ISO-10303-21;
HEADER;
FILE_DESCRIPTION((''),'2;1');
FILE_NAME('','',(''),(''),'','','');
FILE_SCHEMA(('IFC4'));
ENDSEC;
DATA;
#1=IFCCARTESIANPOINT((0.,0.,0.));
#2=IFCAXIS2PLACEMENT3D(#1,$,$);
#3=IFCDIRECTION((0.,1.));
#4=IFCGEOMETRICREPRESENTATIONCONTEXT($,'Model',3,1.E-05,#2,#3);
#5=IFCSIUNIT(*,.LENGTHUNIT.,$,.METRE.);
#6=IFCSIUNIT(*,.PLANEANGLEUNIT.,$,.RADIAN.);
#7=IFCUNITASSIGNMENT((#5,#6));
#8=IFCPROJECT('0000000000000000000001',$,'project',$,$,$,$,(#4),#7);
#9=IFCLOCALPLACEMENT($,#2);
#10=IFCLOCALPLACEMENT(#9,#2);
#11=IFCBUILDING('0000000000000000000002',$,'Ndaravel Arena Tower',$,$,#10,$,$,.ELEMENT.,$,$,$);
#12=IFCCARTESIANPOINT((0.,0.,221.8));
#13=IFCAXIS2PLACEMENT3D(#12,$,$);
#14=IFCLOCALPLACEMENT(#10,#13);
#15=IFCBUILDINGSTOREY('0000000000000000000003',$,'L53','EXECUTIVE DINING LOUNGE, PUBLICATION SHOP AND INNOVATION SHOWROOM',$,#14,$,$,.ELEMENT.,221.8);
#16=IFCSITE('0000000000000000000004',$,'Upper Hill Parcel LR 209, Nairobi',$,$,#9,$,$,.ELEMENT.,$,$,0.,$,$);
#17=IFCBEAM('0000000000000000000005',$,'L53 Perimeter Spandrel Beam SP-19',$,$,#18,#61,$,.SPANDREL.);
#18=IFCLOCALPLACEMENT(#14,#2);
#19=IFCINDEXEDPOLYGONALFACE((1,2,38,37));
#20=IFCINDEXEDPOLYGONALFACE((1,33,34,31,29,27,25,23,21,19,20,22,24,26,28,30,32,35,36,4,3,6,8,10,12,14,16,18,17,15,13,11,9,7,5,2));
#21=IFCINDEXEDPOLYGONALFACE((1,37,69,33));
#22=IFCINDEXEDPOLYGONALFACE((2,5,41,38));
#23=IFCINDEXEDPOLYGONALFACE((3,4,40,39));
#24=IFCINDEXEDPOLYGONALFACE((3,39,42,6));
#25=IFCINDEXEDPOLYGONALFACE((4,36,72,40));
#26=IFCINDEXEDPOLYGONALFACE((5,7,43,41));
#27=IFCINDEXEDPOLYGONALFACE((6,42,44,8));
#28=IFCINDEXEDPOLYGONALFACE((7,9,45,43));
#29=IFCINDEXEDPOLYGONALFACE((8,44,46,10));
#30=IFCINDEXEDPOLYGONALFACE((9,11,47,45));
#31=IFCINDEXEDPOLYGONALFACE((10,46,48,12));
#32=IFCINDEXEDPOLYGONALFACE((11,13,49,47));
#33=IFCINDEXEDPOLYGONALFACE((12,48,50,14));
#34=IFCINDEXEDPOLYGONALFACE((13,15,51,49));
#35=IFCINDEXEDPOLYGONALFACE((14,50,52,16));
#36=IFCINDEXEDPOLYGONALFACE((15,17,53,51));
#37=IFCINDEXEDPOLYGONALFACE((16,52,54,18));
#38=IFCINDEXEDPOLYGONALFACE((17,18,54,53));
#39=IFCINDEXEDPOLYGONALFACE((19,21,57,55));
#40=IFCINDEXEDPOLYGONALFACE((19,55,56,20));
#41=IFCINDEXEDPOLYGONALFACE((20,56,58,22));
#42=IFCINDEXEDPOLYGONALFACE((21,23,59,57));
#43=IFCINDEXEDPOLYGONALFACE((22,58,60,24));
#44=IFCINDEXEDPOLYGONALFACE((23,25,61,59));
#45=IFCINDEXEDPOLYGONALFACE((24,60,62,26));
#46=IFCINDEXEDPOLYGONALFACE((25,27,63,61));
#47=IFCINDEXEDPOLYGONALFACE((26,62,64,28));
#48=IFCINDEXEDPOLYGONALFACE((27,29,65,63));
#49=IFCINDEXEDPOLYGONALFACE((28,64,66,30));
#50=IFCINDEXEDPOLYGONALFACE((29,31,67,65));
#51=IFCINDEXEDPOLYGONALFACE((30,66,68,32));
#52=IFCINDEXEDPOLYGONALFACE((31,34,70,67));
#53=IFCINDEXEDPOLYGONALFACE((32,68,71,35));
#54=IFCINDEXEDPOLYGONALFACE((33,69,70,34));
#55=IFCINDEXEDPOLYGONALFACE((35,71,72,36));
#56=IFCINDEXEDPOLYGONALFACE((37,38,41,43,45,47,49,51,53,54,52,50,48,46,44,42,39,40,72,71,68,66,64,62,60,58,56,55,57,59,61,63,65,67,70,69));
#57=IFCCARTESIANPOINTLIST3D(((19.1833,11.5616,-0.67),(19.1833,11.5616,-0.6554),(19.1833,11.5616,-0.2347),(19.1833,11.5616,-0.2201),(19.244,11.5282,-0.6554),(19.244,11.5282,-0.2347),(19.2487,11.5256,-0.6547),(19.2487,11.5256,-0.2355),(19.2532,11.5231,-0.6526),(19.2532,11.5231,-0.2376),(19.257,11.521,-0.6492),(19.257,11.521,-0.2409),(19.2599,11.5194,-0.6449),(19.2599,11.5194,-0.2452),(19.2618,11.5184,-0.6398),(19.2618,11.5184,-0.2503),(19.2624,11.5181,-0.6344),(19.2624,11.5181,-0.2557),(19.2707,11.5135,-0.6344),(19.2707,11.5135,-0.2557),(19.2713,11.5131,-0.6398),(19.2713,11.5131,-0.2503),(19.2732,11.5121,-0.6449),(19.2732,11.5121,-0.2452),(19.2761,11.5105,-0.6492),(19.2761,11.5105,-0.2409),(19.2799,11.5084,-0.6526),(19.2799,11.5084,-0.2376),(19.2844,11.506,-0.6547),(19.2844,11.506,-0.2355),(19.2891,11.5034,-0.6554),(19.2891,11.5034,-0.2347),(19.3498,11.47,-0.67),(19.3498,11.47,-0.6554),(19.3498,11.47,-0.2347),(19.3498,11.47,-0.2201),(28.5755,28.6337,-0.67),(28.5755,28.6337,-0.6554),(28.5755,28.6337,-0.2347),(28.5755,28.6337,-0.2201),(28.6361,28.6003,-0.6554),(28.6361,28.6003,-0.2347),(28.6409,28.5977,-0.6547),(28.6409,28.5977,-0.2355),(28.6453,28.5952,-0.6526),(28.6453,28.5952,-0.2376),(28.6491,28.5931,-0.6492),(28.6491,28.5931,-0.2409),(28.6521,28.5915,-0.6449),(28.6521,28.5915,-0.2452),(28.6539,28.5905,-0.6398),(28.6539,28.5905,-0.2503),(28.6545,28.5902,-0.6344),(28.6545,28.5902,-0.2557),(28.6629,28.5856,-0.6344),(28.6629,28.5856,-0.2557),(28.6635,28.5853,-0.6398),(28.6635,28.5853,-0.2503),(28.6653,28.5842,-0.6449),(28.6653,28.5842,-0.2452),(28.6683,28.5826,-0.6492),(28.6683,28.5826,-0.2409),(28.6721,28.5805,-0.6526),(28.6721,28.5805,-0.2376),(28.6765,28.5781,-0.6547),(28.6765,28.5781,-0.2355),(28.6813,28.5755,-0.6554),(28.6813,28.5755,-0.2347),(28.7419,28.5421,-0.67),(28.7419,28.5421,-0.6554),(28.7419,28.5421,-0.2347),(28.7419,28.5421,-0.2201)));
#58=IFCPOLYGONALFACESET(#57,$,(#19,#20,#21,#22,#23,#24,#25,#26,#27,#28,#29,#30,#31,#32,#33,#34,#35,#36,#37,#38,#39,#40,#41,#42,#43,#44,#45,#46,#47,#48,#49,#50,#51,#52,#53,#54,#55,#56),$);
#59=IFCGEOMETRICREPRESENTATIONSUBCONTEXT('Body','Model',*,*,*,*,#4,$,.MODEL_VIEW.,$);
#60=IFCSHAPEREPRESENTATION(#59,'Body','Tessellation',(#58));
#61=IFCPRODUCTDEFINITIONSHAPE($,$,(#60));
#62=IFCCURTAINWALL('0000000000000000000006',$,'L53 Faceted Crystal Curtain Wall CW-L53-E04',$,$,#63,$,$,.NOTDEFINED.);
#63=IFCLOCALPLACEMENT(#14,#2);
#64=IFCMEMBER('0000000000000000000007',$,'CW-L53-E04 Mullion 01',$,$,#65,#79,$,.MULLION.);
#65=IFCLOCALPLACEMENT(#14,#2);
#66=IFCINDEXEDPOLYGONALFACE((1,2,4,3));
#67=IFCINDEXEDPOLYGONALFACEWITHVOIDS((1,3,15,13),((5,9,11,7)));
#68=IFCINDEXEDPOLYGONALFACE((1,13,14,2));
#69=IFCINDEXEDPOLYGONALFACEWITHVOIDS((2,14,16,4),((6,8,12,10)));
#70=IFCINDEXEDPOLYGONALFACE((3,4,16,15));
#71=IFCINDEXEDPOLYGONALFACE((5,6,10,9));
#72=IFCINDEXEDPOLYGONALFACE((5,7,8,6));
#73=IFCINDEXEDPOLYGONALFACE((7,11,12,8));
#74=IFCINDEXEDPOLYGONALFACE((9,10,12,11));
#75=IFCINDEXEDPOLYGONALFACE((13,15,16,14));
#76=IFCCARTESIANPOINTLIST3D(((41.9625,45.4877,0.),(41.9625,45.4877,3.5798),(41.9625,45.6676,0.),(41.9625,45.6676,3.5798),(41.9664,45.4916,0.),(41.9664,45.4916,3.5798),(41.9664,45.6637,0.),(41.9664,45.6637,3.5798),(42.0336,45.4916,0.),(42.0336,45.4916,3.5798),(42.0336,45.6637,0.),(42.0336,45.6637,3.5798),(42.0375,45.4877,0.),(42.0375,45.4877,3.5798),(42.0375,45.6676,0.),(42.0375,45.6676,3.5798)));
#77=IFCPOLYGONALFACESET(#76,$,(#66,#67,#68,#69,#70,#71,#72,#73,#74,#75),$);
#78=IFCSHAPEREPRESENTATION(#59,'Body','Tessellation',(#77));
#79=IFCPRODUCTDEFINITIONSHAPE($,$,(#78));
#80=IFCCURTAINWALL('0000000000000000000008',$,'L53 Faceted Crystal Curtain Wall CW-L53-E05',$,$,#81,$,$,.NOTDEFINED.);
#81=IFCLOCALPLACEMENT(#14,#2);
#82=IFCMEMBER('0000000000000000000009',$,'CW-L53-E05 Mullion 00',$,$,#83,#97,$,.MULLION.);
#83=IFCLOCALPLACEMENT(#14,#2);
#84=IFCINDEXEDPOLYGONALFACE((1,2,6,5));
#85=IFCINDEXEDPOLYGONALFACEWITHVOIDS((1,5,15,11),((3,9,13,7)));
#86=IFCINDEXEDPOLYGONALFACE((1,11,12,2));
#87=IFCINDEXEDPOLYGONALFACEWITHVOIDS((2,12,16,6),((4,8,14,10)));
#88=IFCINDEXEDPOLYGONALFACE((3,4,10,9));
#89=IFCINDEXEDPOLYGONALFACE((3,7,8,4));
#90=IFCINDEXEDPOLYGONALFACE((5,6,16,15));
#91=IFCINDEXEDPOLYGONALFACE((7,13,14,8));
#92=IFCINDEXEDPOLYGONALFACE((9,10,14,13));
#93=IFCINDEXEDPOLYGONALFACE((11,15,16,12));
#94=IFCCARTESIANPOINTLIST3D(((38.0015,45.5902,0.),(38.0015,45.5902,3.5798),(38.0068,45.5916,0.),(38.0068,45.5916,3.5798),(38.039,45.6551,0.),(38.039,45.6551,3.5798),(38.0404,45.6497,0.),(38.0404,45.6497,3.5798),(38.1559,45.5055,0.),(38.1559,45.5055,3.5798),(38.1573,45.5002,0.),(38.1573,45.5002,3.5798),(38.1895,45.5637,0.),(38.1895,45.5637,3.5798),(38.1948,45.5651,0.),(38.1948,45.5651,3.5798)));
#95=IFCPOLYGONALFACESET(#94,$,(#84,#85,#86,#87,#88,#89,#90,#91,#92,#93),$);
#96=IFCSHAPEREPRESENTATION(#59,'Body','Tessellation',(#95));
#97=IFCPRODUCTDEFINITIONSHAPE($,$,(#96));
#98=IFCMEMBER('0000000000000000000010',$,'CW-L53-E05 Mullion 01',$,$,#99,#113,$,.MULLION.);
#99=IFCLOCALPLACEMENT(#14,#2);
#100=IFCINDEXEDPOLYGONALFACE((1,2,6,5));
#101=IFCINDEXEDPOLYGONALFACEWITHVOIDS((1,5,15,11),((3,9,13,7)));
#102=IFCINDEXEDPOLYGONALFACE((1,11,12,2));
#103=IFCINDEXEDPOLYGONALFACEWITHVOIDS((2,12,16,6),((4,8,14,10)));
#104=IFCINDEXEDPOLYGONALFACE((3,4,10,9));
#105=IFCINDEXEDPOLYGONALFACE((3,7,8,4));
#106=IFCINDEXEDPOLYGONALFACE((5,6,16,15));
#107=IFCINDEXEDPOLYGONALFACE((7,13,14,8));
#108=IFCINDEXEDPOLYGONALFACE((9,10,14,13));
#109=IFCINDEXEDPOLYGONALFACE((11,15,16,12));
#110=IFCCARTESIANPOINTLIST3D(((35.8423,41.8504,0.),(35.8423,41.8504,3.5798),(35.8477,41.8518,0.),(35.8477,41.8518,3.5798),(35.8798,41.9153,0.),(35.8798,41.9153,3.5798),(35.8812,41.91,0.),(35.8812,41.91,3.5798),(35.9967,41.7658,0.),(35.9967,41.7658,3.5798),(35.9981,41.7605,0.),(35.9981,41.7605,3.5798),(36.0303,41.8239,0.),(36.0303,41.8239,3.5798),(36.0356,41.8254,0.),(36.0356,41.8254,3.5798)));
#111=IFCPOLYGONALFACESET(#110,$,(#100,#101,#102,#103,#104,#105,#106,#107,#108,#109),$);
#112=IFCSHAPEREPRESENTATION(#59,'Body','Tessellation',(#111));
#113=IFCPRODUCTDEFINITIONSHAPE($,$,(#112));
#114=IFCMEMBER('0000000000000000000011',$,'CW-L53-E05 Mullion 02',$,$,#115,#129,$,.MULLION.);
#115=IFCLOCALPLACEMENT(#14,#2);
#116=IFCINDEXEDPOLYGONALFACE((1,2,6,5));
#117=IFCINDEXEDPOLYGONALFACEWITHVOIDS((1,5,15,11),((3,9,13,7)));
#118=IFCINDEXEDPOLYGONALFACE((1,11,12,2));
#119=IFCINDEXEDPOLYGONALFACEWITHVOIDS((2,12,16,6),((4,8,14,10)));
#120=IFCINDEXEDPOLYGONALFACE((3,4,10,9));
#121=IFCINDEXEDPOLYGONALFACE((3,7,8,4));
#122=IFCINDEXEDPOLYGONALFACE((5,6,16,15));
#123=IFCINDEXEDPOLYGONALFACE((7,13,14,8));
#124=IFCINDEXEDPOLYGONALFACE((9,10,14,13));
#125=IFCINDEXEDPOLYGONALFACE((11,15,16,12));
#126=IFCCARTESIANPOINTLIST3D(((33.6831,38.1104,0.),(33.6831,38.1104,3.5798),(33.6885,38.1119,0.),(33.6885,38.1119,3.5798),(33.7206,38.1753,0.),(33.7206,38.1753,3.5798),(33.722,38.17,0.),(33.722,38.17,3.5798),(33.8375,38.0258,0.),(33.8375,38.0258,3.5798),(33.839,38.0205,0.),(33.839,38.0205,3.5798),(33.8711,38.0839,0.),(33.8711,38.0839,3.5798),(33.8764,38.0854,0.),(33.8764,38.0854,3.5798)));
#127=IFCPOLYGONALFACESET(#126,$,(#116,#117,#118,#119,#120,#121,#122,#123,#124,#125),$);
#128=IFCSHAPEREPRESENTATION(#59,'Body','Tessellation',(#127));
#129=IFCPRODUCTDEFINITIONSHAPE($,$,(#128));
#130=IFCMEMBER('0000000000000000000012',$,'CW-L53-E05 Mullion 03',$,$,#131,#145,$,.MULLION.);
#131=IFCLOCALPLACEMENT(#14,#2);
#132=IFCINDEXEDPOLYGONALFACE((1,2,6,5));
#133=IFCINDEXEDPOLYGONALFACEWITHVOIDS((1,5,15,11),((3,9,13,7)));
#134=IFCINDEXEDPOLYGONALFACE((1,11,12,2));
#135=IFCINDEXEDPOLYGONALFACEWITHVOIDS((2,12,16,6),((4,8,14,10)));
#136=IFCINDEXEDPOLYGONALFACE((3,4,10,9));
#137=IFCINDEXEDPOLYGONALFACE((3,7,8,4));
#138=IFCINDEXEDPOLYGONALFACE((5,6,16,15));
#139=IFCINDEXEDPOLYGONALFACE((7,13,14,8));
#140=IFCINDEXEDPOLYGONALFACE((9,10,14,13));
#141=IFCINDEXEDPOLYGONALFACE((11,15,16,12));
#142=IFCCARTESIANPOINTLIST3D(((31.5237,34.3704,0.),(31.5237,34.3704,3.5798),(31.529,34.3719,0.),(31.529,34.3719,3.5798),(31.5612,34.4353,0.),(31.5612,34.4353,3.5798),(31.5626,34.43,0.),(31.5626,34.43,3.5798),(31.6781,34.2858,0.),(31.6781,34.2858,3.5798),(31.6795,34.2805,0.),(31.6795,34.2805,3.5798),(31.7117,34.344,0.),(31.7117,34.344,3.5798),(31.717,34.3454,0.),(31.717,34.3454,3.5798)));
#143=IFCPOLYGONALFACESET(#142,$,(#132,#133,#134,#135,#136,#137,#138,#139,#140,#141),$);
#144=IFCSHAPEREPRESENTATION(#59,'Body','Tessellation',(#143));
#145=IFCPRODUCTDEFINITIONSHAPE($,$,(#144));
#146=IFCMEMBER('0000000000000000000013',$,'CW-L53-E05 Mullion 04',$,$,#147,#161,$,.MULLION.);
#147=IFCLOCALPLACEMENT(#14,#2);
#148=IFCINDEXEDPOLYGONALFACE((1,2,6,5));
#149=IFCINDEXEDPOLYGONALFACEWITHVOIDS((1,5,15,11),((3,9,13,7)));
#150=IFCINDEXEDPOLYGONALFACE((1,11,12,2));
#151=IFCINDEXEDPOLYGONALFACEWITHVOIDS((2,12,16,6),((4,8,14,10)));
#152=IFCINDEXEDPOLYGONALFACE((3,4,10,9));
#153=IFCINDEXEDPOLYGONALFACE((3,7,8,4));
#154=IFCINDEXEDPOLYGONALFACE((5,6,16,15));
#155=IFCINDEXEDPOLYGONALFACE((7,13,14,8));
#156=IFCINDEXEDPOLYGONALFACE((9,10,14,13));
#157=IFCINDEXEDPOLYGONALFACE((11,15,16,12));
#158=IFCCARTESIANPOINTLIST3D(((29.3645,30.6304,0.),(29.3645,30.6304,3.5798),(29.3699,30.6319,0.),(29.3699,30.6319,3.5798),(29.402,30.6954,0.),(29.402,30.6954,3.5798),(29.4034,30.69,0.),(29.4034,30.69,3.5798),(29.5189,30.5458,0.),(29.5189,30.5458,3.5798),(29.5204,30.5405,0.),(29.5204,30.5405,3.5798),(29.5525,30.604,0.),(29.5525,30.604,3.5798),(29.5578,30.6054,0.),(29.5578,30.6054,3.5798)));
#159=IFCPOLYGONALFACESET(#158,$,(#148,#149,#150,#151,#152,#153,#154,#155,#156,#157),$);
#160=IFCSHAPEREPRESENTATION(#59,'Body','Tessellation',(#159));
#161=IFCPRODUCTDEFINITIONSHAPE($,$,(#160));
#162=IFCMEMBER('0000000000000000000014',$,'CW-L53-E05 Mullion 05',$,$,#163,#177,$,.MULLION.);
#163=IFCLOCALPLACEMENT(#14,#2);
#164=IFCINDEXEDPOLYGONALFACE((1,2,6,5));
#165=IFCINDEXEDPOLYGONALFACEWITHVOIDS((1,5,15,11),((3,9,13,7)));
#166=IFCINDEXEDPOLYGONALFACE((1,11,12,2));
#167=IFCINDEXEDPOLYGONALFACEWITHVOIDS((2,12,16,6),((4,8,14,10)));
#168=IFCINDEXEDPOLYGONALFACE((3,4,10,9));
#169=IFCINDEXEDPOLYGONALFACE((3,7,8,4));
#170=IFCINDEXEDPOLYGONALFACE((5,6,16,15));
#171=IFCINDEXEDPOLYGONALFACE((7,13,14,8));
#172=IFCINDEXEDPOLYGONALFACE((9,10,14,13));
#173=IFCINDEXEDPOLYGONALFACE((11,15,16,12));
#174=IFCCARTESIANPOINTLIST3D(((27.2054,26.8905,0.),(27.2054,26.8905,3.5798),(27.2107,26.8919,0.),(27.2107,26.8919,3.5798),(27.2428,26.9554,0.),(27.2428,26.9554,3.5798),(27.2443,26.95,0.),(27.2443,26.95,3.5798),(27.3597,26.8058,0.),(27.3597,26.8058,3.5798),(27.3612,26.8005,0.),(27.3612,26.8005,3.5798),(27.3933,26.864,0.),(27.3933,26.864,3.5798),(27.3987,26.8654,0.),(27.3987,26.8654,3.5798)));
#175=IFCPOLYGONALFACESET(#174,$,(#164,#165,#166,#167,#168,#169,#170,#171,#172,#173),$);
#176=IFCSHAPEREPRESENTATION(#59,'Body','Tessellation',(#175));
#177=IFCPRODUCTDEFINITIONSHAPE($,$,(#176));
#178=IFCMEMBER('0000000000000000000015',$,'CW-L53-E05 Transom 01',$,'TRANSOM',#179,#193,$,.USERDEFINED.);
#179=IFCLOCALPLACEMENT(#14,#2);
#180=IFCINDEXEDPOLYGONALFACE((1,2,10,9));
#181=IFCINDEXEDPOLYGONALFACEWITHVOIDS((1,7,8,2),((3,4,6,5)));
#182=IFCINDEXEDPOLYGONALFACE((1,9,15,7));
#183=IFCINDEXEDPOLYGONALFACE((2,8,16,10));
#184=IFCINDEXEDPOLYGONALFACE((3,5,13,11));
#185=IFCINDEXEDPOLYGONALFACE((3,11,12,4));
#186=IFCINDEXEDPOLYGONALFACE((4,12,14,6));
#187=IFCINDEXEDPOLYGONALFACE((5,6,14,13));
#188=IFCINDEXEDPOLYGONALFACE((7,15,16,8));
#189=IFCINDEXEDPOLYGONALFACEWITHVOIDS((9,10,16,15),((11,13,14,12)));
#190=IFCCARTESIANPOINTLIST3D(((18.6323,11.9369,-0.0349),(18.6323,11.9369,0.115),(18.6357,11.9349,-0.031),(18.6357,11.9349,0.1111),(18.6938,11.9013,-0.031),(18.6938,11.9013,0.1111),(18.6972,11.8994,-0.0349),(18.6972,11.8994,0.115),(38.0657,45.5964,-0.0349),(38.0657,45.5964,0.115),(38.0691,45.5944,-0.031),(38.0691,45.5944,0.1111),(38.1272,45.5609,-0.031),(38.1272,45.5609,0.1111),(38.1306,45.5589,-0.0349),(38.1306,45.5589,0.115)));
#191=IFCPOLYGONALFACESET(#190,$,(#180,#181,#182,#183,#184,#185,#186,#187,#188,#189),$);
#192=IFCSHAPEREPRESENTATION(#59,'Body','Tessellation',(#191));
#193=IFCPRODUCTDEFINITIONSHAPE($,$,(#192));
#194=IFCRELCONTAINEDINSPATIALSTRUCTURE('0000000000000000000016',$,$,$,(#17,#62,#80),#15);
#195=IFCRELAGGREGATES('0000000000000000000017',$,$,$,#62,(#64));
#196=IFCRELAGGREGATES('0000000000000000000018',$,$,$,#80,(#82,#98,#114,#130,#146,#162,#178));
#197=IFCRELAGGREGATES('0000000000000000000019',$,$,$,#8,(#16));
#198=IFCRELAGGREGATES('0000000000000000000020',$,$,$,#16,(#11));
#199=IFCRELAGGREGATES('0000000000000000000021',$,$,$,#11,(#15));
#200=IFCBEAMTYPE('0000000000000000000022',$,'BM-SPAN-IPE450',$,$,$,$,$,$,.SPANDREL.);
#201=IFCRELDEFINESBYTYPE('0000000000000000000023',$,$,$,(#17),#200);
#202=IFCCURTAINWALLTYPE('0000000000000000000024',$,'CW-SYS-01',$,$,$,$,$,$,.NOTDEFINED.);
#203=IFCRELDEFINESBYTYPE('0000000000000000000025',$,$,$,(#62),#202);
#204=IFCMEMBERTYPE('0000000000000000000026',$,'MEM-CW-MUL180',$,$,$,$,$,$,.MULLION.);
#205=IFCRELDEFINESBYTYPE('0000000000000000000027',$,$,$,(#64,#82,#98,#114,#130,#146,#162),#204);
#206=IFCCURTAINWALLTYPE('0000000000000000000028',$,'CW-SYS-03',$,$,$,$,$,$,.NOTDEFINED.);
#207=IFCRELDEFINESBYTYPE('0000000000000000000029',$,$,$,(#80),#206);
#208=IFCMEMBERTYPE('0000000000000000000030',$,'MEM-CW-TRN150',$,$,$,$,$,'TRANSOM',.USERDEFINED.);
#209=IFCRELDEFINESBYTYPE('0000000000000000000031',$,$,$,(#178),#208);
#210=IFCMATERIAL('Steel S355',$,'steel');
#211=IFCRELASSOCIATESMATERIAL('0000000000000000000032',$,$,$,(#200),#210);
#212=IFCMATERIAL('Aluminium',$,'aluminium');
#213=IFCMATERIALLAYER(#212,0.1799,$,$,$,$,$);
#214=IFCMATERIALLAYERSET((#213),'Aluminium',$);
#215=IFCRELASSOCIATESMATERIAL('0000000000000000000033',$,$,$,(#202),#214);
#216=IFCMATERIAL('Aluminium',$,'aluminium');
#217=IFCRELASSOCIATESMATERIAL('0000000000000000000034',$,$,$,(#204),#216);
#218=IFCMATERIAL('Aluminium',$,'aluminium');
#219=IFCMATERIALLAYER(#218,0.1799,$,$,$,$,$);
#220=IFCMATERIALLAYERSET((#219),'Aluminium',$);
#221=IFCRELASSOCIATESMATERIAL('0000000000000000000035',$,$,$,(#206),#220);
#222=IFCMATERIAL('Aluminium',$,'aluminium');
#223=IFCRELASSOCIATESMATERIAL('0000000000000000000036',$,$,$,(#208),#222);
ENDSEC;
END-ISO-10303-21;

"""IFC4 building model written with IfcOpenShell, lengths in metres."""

from ifc_helpers import new_model, si_unit, direction, frame, origin, origin_2d, place, context, subcontext, project, spatial, hollow_rectangle, i_section, extrude, material, layer, layer_set, material_profile, profile_set, type_object, element, aggregate, save


model = new_model("IFC4")

# Units and contexts
model_context = context("Model", 3, precision=1e-05, world=origin(), true_north=direction((0.0, 1.0)))
body_context = subcontext(model_context, "Body", "Model", "MODEL_VIEW")
ifc_project = project(units=[si_unit("LENGTHUNIT", "METRE"), si_unit("PLANEANGLEUNIT", "RADIAN")], contexts=[model_context])

# Site, building, storey
site_placement = place(None, origin())
site = spatial("IfcSite", under=ifc_project, at=site_placement, Name="Upper Hill Parcel LR 209, Nairobi", CompositionType="ELEMENT", RefElevation=0.0)
building_placement = place(site_placement, origin())
building = spatial("IfcBuilding", under=site, at=building_placement, Name="Ndaravel Arena Tower", CompositionType="ELEMENT")
storey_placement = place(building_placement, frame((0.0, 0.0, 221.8)))
storey = spatial("IfcBuildingStorey", under=building, at=storey_placement, Name="L53", Description="EXECUTIVE DINING LOUNGE, PUBLICATION SHOP AND INNOVATION SHOWROOM", CompositionType="ELEMENT", Elevation=221.8)

# Beam
ifc_material_1 = material(Name="Steel S355", Category="steel")
ifc_material_profile_1 = material_profile(ifc_material_1, i_section(OverallWidth=0.1899, OverallDepth=0.45, WebThickness=0.0095, FlangeThickness=0.0146, FilletRadius=0.021, at=origin_2d()), Name="IPE 450")
ifc_profile_set_1 = profile_set([ifc_material_profile_1], Name="Steel S355")
beam_type_1 = type_object("IfcBeamType", Name="BM-SPAN-IPE450", PredefinedType="SPANDREL", material=ifc_profile_set_1)
for number, where, z_axis, x_axis, name in (
    (1, (28.6587, 28.5879, -0.4451), (-0.482016, -0.876162, 0.0), (0.876162, -0.482016, 0.0), "L53 Perimeter Spandrel Beam SP-19"),
):
    element("IfcBeam", number, at=place(storey_placement, frame(where, z_axis=z_axis, x_axis=x_axis)), inside=storey, type_object=beam_type_1, Name=name, PredefinedType="SPANDREL", context=body_context, shape_type="SweptSolid", body=[
        extrude(i_section(OverallWidth=0.1899, OverallDepth=0.45, WebThickness=0.0095, FlangeThickness=0.0146, FilletRadius=0.021, at=origin_2d()), origin(), (0.0, 0.0, 1.0), 19.4851),
    ])

# Curtain wall, member
ifc_material_2 = material(Name="Aluminium", Category="aluminium")
ifc_layer_1 = layer(ifc_material_2, 0.1799)
ifc_layer_set_1 = layer_set([ifc_layer_1], Name="Aluminium")
curtain_wall_type_1 = type_object("IfcCurtainWallType", Name="CW-SYS-01", PredefinedType="NOTDEFINED", material=ifc_layer_set_1)
curtain_wall_1_placement = place(storey_placement, origin())
curtain_wall_1 = element("IfcCurtainWall", 2, at=curtain_wall_1_placement, inside=storey, type_object=curtain_wall_type_1, Name="L53 Faceted Crystal Curtain Wall CW-L53-E04", PredefinedType="NOTDEFINED")
ifc_material_3 = material(Name="Aluminium", Category="aluminium")
ifc_material_profile_2 = material_profile(ifc_material_3, hollow_rectangle(XDim=0.075, YDim=0.1799, WallThickness=0.0039, at=origin_2d()), Name="CW MULLION 75x180x4")
ifc_profile_set_2 = profile_set([ifc_material_profile_2], Name="Aluminium")
member_type_1 = type_object("IfcMemberType", Name="MEM-CW-MUL180", PredefinedType="MULLION", material=ifc_profile_set_2)
member_1_placement = place(storey_placement, frame((42.0, 45.5776, 0.0), z_axis=(0.0, 0.0, 1.0), x_axis=(-1.0, 0.0, 0.0)))
member_1 = element("IfcMember", 3, at=member_1_placement, type_object=member_type_1, Name="CW-L53-E04 Mullion 01", PredefinedType="MULLION", context=body_context, shape_type="SweptSolid", body=[
    extrude(hollow_rectangle(XDim=0.075, YDim=0.1799, WallThickness=0.0039, at=origin_2d()), origin(), (0.0, 0.0, 1.0), 3.5798),
])

# Curtain wall, members
ifc_material_4 = material(Name="Aluminium", Category="aluminium")
ifc_layer_2 = layer(ifc_material_4, 0.1799)
ifc_layer_set_2 = layer_set([ifc_layer_2], Name="Aluminium")
curtain_wall_type_2 = type_object("IfcCurtainWallType", Name="CW-SYS-03", PredefinedType="NOTDEFINED", material=ifc_layer_set_2)
curtain_wall_2_placement = place(storey_placement, origin())
curtain_wall_2 = element("IfcCurtainWall", 4, at=curtain_wall_2_placement, inside=storey, type_object=curtain_wall_type_2, Name="L53 Faceted Crystal Curtain Wall CW-L53-E05", PredefinedType="NOTDEFINED")
member_2_placement = place(storey_placement, frame((38.0981, 45.5776, 0.0), z_axis=(0.0, 0.0, 1.0), x_axis=(-0.5, -0.866025, 0.0)))
member_2 = element("IfcMember", 5, at=member_2_placement, type_object=member_type_1, Name="CW-L53-E05 Mullion 00", PredefinedType="MULLION", context=body_context, shape_type="SweptSolid", body=[
    extrude(hollow_rectangle(XDim=0.075, YDim=0.1799, WallThickness=0.0039, at=origin_2d()), origin(), (0.0, 0.0, 1.0), 3.5798),
])
member_3_placement = place(storey_placement, frame((35.939, 41.8379, 0.0), z_axis=(0.0, 0.0, 1.0), x_axis=(-0.5, -0.866025, 0.0)))
member_3 = element("IfcMember", 6, at=member_3_placement, type_object=member_type_1, Name="CW-L53-E05 Mullion 01", PredefinedType="MULLION", context=body_context, shape_type="SweptSolid", body=[
    extrude(hollow_rectangle(XDim=0.075, YDim=0.1799, WallThickness=0.0039, at=origin_2d()), origin(), (0.0, 0.0, 1.0), 3.5798),
])
member_4_placement = place(storey_placement, frame((33.7798, 38.0979, 0.0), z_axis=(0.0, 0.0, 1.0), x_axis=(-0.5, -0.866025, 0.0)))
member_4 = element("IfcMember", 7, at=member_4_placement, type_object=member_type_1, Name="CW-L53-E05 Mullion 02", PredefinedType="MULLION", context=body_context, shape_type="SweptSolid", body=[
    extrude(hollow_rectangle(XDim=0.075, YDim=0.1799, WallThickness=0.0039, at=origin_2d()), origin(), (0.0, 0.0, 1.0), 3.5798),
])
member_5_placement = place(storey_placement, frame((31.6204, 34.3579, 0.0), z_axis=(0.0, 0.0, 1.0), x_axis=(-0.5, -0.866025, 0.0)))
member_5 = element("IfcMember", 8, at=member_5_placement, type_object=member_type_1, Name="CW-L53-E05 Mullion 03", PredefinedType="MULLION", context=body_context, shape_type="SweptSolid", body=[
    extrude(hollow_rectangle(XDim=0.075, YDim=0.1799, WallThickness=0.0039, at=origin_2d()), origin(), (0.0, 0.0, 1.0), 3.5798),
])
member_6_placement = place(storey_placement, frame((29.4612, 30.6179, 0.0), z_axis=(0.0, 0.0, 1.0), x_axis=(-0.5, -0.866025, 0.0)))
member_6 = element("IfcMember", 9, at=member_6_placement, type_object=member_type_1, Name="CW-L53-E05 Mullion 04", PredefinedType="MULLION", context=body_context, shape_type="SweptSolid", body=[
    extrude(hollow_rectangle(XDim=0.075, YDim=0.1799, WallThickness=0.0039, at=origin_2d()), origin(), (0.0, 0.0, 1.0), 3.5798),
])
member_7_placement = place(storey_placement, frame((27.302, 26.8779, 0.0), z_axis=(0.0, 0.0, 1.0), x_axis=(-0.5, -0.866025, 0.0)))
member_7 = element("IfcMember", 10, at=member_7_placement, type_object=member_type_1, Name="CW-L53-E05 Mullion 05", PredefinedType="MULLION", context=body_context, shape_type="SweptSolid", body=[
    extrude(hollow_rectangle(XDim=0.075, YDim=0.1799, WallThickness=0.0039, at=origin_2d()), origin(), (0.0, 0.0, 1.0), 3.5798),
])
ifc_material_5 = material(Name="Aluminium", Category="aluminium")
ifc_material_profile_3 = material_profile(ifc_material_5, hollow_rectangle(XDim=0.075, YDim=0.1499, WallThickness=0.0039, at=origin_2d()), Name="CW TRANSOM 75x150x4")
ifc_profile_set_3 = profile_set([ifc_material_profile_3], Name="Aluminium")
member_type_2 = type_object("IfcMemberType", Name="MEM-CW-TRN150", ElementType="TRANSOM", PredefinedType="USERDEFINED", material=ifc_profile_set_3)
member_8_placement = place(storey_placement, frame((38.0981, 45.5776, 0.04), z_axis=(-0.500001, -0.866025, 0.0), x_axis=(0.866025, -0.500001, 0.0)))
member_8 = element("IfcMember", 11, at=member_8_placement, type_object=member_type_2, Name="CW-L53-E05 Transom 01", ObjectType="TRANSOM", PredefinedType="USERDEFINED", context=body_context, shape_type="SweptSolid", body=[
    extrude(hollow_rectangle(XDim=0.075, YDim=0.1499, WallThickness=0.0039, at=origin_2d()), origin(), (0.0, 0.0, 1.0), 38.8667),
])

aggregate(curtain_wall_1, [member_1])
aggregate(curtain_wall_2, [member_2, member_3, member_4, member_5, member_6, member_7, member_8])

save(model, "model.ifc")
